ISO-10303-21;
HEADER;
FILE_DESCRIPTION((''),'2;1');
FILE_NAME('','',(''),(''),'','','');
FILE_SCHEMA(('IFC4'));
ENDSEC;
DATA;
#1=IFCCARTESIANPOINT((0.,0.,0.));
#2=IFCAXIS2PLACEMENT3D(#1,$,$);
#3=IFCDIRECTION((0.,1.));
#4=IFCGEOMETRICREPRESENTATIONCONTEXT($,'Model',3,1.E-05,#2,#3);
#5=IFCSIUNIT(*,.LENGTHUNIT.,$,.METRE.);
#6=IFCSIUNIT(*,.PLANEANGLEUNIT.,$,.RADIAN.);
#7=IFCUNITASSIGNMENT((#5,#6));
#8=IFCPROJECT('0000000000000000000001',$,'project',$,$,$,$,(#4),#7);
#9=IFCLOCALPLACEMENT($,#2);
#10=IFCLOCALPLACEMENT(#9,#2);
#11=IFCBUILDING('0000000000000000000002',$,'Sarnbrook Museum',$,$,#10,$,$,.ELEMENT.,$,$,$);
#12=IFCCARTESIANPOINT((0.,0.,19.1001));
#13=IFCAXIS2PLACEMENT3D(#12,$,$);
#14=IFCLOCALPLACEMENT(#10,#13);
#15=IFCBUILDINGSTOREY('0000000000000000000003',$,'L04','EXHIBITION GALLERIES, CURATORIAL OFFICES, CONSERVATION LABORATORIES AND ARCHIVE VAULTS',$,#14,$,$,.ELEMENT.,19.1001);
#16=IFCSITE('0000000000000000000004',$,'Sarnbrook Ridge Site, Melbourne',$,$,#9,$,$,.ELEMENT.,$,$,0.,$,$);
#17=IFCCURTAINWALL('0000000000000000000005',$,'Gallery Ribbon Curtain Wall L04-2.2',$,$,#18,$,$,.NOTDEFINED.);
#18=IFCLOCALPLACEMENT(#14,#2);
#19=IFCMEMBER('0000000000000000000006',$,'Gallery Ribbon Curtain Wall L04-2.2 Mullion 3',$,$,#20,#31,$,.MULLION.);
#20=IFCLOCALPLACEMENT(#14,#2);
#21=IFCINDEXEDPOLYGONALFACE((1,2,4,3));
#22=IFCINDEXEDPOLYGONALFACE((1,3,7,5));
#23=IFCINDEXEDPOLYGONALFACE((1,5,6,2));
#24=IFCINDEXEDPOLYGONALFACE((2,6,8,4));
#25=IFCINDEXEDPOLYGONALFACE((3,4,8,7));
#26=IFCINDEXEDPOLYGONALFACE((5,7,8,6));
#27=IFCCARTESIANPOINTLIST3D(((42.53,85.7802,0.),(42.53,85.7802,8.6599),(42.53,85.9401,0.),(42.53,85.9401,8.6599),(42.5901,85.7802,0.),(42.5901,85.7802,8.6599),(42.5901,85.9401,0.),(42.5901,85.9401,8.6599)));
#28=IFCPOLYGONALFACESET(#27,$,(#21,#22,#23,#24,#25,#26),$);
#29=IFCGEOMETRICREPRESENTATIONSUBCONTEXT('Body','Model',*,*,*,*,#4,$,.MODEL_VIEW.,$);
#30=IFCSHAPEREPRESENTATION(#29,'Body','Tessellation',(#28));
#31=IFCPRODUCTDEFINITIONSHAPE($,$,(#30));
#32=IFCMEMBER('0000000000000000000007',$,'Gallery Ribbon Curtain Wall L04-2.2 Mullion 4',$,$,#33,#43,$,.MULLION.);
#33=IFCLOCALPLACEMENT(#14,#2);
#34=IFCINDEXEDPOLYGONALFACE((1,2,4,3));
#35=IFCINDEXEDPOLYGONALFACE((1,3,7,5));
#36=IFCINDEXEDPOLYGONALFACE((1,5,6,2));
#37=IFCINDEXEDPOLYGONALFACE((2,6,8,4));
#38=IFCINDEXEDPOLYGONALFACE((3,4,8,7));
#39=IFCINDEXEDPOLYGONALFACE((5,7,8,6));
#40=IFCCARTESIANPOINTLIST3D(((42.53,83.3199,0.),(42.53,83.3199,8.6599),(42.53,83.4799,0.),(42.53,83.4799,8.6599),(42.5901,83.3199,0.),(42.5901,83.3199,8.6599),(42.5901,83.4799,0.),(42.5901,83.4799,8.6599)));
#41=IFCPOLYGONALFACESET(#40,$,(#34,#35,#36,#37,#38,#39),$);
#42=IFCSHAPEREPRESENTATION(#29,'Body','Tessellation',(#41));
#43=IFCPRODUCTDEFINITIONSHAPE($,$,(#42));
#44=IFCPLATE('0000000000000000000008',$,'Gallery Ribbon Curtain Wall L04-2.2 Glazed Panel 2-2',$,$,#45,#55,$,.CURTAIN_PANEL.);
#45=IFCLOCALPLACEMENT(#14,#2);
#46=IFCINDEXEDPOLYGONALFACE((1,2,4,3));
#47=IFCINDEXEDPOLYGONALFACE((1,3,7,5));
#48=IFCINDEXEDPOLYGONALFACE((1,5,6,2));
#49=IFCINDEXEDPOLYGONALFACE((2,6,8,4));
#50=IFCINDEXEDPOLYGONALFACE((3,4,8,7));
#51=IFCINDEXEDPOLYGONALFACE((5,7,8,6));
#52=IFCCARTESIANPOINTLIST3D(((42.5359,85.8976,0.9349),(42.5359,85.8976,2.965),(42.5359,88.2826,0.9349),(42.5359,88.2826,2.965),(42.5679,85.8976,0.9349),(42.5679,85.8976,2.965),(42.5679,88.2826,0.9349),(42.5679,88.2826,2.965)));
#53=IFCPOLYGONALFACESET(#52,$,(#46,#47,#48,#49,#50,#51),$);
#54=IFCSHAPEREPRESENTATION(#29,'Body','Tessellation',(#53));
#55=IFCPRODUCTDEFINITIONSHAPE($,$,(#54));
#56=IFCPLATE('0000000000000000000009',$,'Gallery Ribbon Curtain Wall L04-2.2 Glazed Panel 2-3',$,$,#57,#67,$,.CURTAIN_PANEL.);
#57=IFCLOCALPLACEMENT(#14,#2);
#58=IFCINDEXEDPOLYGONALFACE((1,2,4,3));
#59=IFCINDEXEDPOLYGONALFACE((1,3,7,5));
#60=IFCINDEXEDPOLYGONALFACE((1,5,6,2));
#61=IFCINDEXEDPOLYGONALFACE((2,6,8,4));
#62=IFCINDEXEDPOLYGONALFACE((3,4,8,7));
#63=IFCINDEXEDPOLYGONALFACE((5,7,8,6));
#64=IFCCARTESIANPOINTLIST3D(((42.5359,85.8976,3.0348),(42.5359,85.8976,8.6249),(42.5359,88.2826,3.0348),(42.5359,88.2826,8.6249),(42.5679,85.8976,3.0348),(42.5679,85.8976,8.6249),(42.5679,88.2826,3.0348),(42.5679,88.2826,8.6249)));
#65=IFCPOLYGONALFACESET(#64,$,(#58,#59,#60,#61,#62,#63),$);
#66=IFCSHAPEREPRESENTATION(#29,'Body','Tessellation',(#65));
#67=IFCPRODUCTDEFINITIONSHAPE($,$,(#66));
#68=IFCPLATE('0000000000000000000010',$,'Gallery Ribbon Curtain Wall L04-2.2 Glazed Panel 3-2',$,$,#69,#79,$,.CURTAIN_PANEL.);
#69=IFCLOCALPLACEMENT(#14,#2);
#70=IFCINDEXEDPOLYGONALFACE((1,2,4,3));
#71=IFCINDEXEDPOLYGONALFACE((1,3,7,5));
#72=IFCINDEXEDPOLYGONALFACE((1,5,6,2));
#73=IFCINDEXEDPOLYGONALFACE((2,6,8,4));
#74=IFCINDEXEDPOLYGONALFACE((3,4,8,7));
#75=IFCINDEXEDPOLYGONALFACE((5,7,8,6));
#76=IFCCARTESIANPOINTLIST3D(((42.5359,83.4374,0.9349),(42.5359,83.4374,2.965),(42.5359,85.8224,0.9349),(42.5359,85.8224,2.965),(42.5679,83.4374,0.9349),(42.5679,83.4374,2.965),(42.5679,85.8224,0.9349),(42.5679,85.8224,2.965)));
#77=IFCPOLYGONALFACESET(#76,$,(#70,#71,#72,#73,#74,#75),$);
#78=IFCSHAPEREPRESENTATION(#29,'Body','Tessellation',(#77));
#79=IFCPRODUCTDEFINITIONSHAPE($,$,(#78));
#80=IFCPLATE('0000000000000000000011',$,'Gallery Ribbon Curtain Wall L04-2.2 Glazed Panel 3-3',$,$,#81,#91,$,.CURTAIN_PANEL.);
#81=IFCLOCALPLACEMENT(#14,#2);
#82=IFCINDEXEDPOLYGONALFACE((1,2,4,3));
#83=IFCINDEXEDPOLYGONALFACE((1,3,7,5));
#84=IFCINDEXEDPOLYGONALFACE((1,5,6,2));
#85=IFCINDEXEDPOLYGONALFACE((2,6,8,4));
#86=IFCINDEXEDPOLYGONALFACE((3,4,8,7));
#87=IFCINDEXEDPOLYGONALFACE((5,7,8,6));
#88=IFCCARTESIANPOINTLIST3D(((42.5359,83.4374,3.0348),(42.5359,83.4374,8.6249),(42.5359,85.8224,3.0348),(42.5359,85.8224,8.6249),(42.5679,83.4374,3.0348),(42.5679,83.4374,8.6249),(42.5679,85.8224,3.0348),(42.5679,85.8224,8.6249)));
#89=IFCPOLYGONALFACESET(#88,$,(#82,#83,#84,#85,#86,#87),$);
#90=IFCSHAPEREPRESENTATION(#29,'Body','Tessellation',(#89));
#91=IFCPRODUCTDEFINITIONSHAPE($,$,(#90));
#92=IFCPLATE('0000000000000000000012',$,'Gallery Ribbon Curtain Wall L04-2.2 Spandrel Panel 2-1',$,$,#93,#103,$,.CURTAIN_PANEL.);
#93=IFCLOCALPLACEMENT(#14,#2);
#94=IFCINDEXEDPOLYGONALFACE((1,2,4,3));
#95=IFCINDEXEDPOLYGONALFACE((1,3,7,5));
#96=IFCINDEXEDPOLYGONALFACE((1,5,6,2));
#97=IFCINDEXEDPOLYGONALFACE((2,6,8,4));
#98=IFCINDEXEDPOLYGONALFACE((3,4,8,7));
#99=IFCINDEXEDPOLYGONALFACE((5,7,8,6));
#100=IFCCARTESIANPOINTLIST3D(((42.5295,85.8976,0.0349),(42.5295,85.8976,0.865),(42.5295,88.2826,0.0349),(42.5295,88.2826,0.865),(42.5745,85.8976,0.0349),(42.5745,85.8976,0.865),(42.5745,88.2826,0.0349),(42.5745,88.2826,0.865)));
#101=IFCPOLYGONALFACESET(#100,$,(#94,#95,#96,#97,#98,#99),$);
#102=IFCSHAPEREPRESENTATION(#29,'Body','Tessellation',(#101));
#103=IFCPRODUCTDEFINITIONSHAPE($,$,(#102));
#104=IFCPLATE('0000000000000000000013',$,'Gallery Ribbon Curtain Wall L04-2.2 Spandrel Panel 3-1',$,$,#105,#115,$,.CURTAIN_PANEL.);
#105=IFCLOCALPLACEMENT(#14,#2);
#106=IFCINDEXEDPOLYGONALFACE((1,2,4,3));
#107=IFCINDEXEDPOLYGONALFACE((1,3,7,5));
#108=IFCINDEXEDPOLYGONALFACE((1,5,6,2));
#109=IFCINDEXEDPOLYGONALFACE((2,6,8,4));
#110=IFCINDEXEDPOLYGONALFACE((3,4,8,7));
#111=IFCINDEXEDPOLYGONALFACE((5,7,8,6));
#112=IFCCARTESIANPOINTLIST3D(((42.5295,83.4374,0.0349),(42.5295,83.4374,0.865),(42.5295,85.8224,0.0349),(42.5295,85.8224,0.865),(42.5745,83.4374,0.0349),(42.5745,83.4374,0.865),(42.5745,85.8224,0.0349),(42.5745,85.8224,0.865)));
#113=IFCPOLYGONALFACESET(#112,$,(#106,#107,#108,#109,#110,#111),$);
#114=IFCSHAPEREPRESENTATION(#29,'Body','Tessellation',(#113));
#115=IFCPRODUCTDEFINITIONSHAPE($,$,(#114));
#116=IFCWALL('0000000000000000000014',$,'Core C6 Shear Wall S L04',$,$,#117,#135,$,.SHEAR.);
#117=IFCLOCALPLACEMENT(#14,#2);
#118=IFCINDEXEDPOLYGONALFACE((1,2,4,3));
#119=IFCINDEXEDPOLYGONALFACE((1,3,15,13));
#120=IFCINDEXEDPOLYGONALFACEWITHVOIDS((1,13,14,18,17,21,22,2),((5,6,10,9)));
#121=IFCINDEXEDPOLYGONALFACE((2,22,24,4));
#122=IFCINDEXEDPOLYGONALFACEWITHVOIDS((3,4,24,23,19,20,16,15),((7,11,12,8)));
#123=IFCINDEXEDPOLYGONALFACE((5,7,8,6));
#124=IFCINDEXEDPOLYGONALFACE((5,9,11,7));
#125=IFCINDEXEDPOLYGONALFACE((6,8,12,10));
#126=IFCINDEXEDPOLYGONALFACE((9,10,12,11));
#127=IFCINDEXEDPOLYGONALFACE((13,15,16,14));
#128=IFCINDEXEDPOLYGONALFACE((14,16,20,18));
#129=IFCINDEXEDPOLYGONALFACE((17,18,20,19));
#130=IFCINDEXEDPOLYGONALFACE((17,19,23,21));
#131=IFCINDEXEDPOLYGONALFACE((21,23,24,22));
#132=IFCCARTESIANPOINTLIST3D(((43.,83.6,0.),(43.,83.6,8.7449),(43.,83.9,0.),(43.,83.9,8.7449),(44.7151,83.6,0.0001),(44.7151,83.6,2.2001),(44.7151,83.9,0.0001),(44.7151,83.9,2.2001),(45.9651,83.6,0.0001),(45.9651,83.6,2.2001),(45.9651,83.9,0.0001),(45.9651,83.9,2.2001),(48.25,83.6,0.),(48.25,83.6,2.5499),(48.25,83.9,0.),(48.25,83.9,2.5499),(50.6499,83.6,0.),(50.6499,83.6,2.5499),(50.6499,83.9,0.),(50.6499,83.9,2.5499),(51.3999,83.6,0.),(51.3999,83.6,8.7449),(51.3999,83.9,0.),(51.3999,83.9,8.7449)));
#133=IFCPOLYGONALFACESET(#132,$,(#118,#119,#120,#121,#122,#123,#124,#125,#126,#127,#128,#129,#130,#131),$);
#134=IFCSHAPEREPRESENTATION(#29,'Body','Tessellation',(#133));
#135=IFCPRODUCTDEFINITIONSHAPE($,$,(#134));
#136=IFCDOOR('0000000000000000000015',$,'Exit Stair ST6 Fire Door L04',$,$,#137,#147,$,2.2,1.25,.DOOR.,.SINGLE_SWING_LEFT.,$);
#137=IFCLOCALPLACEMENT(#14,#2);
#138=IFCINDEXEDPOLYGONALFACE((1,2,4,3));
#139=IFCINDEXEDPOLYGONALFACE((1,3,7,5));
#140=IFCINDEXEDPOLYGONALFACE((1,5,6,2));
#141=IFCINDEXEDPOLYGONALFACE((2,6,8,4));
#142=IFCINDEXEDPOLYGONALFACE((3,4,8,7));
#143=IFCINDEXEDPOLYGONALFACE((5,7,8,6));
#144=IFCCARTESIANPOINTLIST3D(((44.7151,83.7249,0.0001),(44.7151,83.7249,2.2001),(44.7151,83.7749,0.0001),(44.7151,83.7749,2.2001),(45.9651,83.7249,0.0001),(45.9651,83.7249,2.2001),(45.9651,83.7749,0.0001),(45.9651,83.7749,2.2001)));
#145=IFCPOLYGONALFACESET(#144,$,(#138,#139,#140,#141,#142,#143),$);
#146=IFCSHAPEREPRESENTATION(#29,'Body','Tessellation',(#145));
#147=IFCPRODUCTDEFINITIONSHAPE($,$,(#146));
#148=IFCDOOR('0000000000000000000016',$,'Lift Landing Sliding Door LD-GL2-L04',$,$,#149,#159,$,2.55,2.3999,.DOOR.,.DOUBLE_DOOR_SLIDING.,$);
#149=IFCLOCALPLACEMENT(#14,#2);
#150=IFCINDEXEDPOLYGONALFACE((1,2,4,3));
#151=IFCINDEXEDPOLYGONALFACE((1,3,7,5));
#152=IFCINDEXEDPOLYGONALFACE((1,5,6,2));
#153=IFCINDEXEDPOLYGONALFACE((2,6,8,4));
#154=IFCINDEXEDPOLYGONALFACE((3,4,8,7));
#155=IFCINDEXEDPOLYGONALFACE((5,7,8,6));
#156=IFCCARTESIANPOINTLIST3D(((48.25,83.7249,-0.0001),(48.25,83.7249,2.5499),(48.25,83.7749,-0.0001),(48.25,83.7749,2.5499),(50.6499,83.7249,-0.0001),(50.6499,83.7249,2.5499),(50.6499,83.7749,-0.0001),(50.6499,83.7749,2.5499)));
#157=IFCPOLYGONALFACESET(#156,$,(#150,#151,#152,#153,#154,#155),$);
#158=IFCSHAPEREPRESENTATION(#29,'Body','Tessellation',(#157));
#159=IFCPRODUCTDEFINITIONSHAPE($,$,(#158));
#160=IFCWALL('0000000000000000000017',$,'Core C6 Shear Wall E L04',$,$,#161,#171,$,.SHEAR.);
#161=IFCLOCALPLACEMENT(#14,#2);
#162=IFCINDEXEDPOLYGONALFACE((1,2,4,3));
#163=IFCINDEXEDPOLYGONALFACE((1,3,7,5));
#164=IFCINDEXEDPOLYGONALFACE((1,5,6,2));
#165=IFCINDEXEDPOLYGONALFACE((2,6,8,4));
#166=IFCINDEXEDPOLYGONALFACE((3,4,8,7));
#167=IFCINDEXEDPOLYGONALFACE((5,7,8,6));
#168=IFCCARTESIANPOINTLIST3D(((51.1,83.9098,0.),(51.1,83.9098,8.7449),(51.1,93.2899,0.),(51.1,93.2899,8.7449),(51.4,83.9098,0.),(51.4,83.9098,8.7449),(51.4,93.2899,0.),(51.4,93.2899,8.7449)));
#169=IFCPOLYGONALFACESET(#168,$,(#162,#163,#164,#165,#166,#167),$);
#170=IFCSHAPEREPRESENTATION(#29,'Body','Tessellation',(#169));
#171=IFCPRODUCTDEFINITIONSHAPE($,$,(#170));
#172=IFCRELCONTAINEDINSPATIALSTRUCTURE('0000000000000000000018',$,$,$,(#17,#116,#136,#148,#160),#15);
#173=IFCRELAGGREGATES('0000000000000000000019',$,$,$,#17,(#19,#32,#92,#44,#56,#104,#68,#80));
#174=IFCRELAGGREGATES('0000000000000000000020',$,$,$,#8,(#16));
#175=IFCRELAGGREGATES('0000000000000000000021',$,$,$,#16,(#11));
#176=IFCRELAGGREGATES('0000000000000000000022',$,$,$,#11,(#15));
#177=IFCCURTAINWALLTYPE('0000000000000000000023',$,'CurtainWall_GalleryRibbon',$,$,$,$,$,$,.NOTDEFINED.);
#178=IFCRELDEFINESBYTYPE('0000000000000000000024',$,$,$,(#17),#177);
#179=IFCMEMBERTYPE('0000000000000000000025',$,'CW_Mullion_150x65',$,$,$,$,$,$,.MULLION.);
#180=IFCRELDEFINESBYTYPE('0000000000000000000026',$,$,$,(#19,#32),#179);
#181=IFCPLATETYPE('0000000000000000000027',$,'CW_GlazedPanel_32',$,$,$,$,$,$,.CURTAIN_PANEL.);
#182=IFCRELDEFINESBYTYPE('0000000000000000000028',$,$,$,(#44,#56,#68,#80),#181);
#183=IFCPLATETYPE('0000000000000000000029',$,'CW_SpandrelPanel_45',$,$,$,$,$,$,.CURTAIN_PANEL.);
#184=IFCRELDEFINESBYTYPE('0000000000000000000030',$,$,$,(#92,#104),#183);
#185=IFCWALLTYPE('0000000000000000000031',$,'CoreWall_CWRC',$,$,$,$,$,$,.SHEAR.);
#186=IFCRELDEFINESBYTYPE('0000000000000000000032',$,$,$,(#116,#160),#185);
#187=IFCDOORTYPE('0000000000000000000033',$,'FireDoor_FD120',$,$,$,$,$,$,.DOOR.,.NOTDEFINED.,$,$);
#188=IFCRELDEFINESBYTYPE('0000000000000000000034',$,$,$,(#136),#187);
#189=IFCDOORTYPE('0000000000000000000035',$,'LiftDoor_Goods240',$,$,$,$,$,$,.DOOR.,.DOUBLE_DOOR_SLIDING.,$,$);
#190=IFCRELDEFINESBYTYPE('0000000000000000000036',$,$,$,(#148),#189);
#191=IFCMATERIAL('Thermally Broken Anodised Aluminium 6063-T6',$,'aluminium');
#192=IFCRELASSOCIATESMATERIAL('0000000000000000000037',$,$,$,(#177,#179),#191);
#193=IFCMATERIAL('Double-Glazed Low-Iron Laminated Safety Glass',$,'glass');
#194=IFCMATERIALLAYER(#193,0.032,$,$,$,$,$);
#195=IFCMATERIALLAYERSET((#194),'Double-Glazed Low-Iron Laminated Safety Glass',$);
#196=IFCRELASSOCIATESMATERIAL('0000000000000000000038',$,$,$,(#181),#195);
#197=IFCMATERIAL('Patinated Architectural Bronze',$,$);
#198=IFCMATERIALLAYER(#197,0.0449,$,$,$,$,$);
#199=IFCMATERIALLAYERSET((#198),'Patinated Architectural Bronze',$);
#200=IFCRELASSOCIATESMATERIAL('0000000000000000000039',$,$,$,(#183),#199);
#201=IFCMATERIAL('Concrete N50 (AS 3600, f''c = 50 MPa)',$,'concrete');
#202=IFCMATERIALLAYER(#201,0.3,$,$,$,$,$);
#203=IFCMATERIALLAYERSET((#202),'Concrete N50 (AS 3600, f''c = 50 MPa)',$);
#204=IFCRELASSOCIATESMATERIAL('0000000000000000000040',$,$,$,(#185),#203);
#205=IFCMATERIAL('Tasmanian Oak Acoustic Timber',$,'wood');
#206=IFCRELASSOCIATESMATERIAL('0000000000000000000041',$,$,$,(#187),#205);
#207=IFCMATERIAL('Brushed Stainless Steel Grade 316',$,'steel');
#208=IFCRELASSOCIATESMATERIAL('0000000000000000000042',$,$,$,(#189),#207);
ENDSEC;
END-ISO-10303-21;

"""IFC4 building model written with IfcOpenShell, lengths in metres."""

from ifc_helpers import new_model, si_unit, direction, frame, frame_2d, origin, origin_2d, place, context, subcontext, project, spatial, rectangle, extrude, material, layer, layer_set, material_profile, profile_set, type_object, element, fill, aggregate, save


model = new_model("IFC4")

# Units and contexts
model_context = context("Model", 3, precision=1e-05, world=origin(), true_north=direction((0.0, 1.0)))
body_context = subcontext(model_context, "Body", "Model", "MODEL_VIEW")
ifc_project = project(units=[si_unit("LENGTHUNIT", "METRE"), si_unit("PLANEANGLEUNIT", "RADIAN")], contexts=[model_context])

# Site, building, storey
site_placement = place(None, origin())
site = spatial("IfcSite", under=ifc_project, at=site_placement, Name="Sarnbrook Ridge Site, Melbourne", CompositionType="ELEMENT", RefElevation=0.0)
building_placement = place(site_placement, origin())
building = spatial("IfcBuilding", under=site, at=building_placement, Name="Sarnbrook Museum", CompositionType="ELEMENT")
storey_placement = place(building_placement, frame((0.0, 0.0, 19.1001)))
storey = spatial("IfcBuildingStorey", under=building, at=storey_placement, Name="L04", Description="EXHIBITION GALLERIES, CURATORIAL OFFICES, CONSERVATION LABORATORIES AND ARCHIVE VAULTS", CompositionType="ELEMENT", Elevation=19.1001)

# Curtain wall, members, plates
ifc_material_1 = material(Name="Thermally Broken Anodised Aluminium 6063-T6", Category="aluminium")
curtain_wall_type = type_object("IfcCurtainWallType", Name="CurtainWall_GalleryRibbon", PredefinedType="NOTDEFINED", material=ifc_material_1)
curtain_wall_placement = place(storey_placement, origin())
curtain_wall = element("IfcCurtainWall", 1, at=curtain_wall_placement, inside=storey, type_object=curtain_wall_type, Name="Gallery Ribbon Curtain Wall L04-2.2", PredefinedType="NOTDEFINED")
ifc_material_profile = material_profile(ifc_material_1, rectangle(XDim=0.0601, YDim=0.1599, at=origin_2d()), Name="ALU MULLION 60x160")
ifc_profile_set = profile_set([ifc_material_profile], Name="Thermally Broken Anodised Aluminium 6063-T6")
member_type = type_object("IfcMemberType", Name="CW_Mullion_150x65", PredefinedType="MULLION", material=ifc_profile_set)
member_1_placement = place(storey_placement, frame((42.5601, 85.8601, 0.0), z_axis=(0.0, 0.0, 1.0), x_axis=(1.0, 0.0, 0.0)))
member_1 = element("IfcMember", 2, at=member_1_placement, type_object=member_type, Name="Gallery Ribbon Curtain Wall L04-2.2 Mullion 3", PredefinedType="MULLION", context=body_context, shape_type="SweptSolid", body=[
    extrude(rectangle(XDim=0.0601, YDim=0.1599, at=origin_2d()), origin(), (0.0, 0.0, 1.0), 8.6599),
])
member_2_placement = place(storey_placement, frame((42.5601, 83.3999, 0.0), z_axis=(0.0, 0.0, 1.0), x_axis=(1.0, 0.0, 0.0)))
member_2 = element("IfcMember", 3, at=member_2_placement, type_object=member_type, Name="Gallery Ribbon Curtain Wall L04-2.2 Mullion 4", PredefinedType="MULLION", context=body_context, shape_type="SweptSolid", body=[
    extrude(rectangle(XDim=0.0601, YDim=0.1599, at=origin_2d()), origin(), (0.0, 0.0, 1.0), 8.6599),
])
ifc_material_2 = material(Name="Double-Glazed Low-Iron Laminated Safety Glass", Category="glass")
ifc_layer_1 = layer(ifc_material_2, 0.032)
ifc_layer_set_1 = layer_set([ifc_layer_1], Name="Double-Glazed Low-Iron Laminated Safety Glass")
plate_type_1 = type_object("IfcPlateType", Name="CW_GlazedPanel_32", PredefinedType="CURTAIN_PANEL", material=ifc_layer_set_1)
plate_1_placement = place(storey_placement, frame((42.5679, 87.0901, 1.95), z_axis=(-1.0, 0.0, 0.0), x_axis=(0.0, -1.0, 0.0)))
plate_1 = element("IfcPlate", 4, at=plate_1_placement, type_object=plate_type_1, Name="Gallery Ribbon Curtain Wall L04-2.2 Glazed Panel 2-2", PredefinedType="CURTAIN_PANEL", context=body_context, shape_type="SweptSolid", body=[
    extrude(rectangle(XDim=2.385, YDim=2.03, at=origin_2d()), origin(), (0.0, 0.0, 1.0), 0.032),
])
plate_2_placement = place(storey_placement, frame((42.5679, 87.0901, 5.8298), z_axis=(-1.0, 0.0, 0.0), x_axis=(0.0, -1.0, 0.0)))
plate_2 = element("IfcPlate", 5, at=plate_2_placement, type_object=plate_type_1, Name="Gallery Ribbon Curtain Wall L04-2.2 Glazed Panel 2-3", PredefinedType="CURTAIN_PANEL", context=body_context, shape_type="SweptSolid", body=[
    extrude(rectangle(XDim=2.385, YDim=5.5901, at=origin_2d()), origin(), (0.0, 0.0, 1.0), 0.032),
])
plate_3_placement = place(storey_placement, frame((42.5679, 84.6299, 1.95), z_axis=(-1.0, 0.0, 0.0), x_axis=(0.0, -1.0, 0.0)))
plate_3 = element("IfcPlate", 6, at=plate_3_placement, type_object=plate_type_1, Name="Gallery Ribbon Curtain Wall L04-2.2 Glazed Panel 3-2", PredefinedType="CURTAIN_PANEL", context=body_context, shape_type="SweptSolid", body=[
    extrude(rectangle(XDim=2.385, YDim=2.03, at=origin_2d()), origin(), (0.0, 0.0, 1.0), 0.032),
])
plate_4_placement = place(storey_placement, frame((42.5679, 84.6299, 5.8298), z_axis=(-1.0, 0.0, 0.0), x_axis=(0.0, -1.0, 0.0)))
plate_4 = element("IfcPlate", 7, at=plate_4_placement, type_object=plate_type_1, Name="Gallery Ribbon Curtain Wall L04-2.2 Glazed Panel 3-3", PredefinedType="CURTAIN_PANEL", context=body_context, shape_type="SweptSolid", body=[
    extrude(rectangle(XDim=2.385, YDim=5.5901, at=origin_2d()), origin(), (0.0, 0.0, 1.0), 0.032),
])
ifc_material_3 = material(Name="Patinated Architectural Bronze")
ifc_layer_2 = layer(ifc_material_3, 0.0449)
ifc_layer_set_2 = layer_set([ifc_layer_2], Name="Patinated Architectural Bronze")
plate_type_2 = type_object("IfcPlateType", Name="CW_SpandrelPanel_45", PredefinedType="CURTAIN_PANEL", material=ifc_layer_set_2)
plate_5_placement = place(storey_placement, frame((42.5745, 87.0901, 0.45), z_axis=(-1.0, 0.0, 0.0), x_axis=(0.0, -1.0, 0.0)))
plate_5 = element("IfcPlate", 8, at=plate_5_placement, type_object=plate_type_2, Name="Gallery Ribbon Curtain Wall L04-2.2 Spandrel Panel 2-1", PredefinedType="CURTAIN_PANEL", context=body_context, shape_type="SweptSolid", body=[
    extrude(rectangle(XDim=2.385, YDim=0.8301, at=origin_2d()), origin(), (0.0, 0.0, 1.0), 0.0449),
])
plate_6_placement = place(storey_placement, frame((42.5745, 84.6299, 0.45), z_axis=(-1.0, 0.0, 0.0), x_axis=(0.0, -1.0, 0.0)))
plate_6 = element("IfcPlate", 9, at=plate_6_placement, type_object=plate_type_2, Name="Gallery Ribbon Curtain Wall L04-2.2 Spandrel Panel 3-1", PredefinedType="CURTAIN_PANEL", context=body_context, shape_type="SweptSolid", body=[
    extrude(rectangle(XDim=2.385, YDim=0.8301, at=origin_2d()), origin(), (0.0, 0.0, 1.0), 0.0449),
])
aggregate(curtain_wall, [member_1, member_2, plate_5, plate_1, plate_2, plate_6, plate_3, plate_4])

# Wall, openings, doors
ifc_material_4 = material(Name="Concrete N50 (AS 3600, f'c = 50 MPa)", Category="concrete")
ifc_layer_3 = layer(ifc_material_4, 0.3)
ifc_layer_set_3 = layer_set([ifc_layer_3], Name="Concrete N50 (AS 3600, f'c = 50 MPa)")
wall_type_1 = type_object("IfcWallType", Name="CoreWall_CWRC", PredefinedType="SHEAR", material=ifc_layer_set_3)
wall_1_placement = place(storey_placement, frame((43.0, 83.75, 0.0), z_axis=(0.0, 0.0, 1.0), x_axis=(1.0, 0.0, 0.0)))
wall_1 = element("IfcWall", 10, at=wall_1_placement, inside=storey, type_object=wall_type_1, Name="Core C6 Shear Wall S L04", PredefinedType="SHEAR", context=body_context, shape_type="SweptSolid", body=[
    extrude(rectangle(XDim=8.3999, YDim=0.3, at=frame_2d((4.2, 0.0))), origin(), (0.0, 0.0, 1.0), 8.7449),
])
opening_1_placement = place(wall_1_placement, frame((1.7151, 0.0, 0.0)))
opening_1 = element("IfcOpeningElement", 11, at=opening_1_placement, cuts=wall_1, PredefinedType="OPENING", context=body_context, shape_type="SweptSolid", body=[
    extrude(rectangle(XDim=1.25, YDim=2.2, at=frame_2d((0.625, 1.1001))), frame((0.0, 0.1602, 0.0), z_axis=(0.0, -1.0, 0.0), x_axis=(1.0, 0.0, 0.0)), (0.0, 0.0, 1.0), 0.3201),
])
opening_2_placement = place(wall_1_placement, frame((5.25, 0.0, 0.0)))
opening_2 = element("IfcOpeningElement", 12, at=opening_2_placement, cuts=wall_1, PredefinedType="OPENING", context=body_context, shape_type="SweptSolid", body=[
    extrude(rectangle(XDim=2.3999, YDim=2.55, at=frame_2d((1.2, 1.2749))), frame((0.0, 0.1602, 0.0), z_axis=(0.0, -1.0, 0.0), x_axis=(1.0, 0.0, 0.0)), (0.0, 0.0, 1.0), 0.3201),
])
ifc_material_5 = material(Name="Tasmanian Oak Acoustic Timber", Category="wood")
door_type_1 = type_object("IfcDoorType", Name="FireDoor_FD120", OperationType="NOTDEFINED", PredefinedType="DOOR", material=ifc_material_5)
door_1_placement = place(opening_1_placement, origin())
door_1 = element("IfcDoor", 13, at=door_1_placement, inside=storey, type_object=door_type_1, Name="Exit Stair ST6 Fire Door L04", OperationType="SINGLE_SWING_LEFT", OverallHeight=2.2, OverallWidth=1.25, PredefinedType="DOOR", context=body_context, shape_type="SweptSolid", body=[
    extrude(rectangle(XDim=1.25, YDim=2.2, at=frame_2d((0.625, 1.1001))), frame((0.0, 0.0249, 0.0), z_axis=(0.0, -1.0, 0.0), x_axis=(1.0, 0.0, 0.0)), (0.0, 0.0, 1.0), 0.05),
])
fill(opening_1, door_1)
ifc_material_6 = material(Name="Brushed Stainless Steel Grade 316", Category="steel")
door_type_2 = type_object("IfcDoorType", Name="LiftDoor_Goods240", OperationType="DOUBLE_DOOR_SLIDING", PredefinedType="DOOR", material=ifc_material_6)
door_2_placement = place(opening_2_placement, origin())
door_2 = element("IfcDoor", 14, at=door_2_placement, inside=storey, type_object=door_type_2, Name="Lift Landing Sliding Door LD-GL2-L04", OperationType="DOUBLE_DOOR_SLIDING", OverallHeight=2.55, OverallWidth=2.3999, PredefinedType="DOOR", context=body_context, shape_type="SweptSolid", body=[
    extrude(rectangle(XDim=2.3999, YDim=2.55, at=frame_2d((1.2, 1.2749))), frame((0.0, 0.0249, 0.0), z_axis=(0.0, -1.0, 0.0), x_axis=(1.0, 0.0, 0.0)), (0.0, 0.0, 1.0), 0.05),
])
fill(opening_2, door_2)

# Wall
wall_2_placement = place(storey_placement, frame((51.25, 83.9099, 0.0), z_axis=(0.0, 0.0, 1.0), x_axis=(0.0, 1.0, 0.0)))
element("IfcWall", 15, at=wall_2_placement, inside=storey, type_object=wall_type_1, Name="Core C6 Shear Wall E L04", PredefinedType="SHEAR", context=body_context, shape_type="SweptSolid", body=[
    extrude(rectangle(XDim=9.3801, YDim=0.3, at=frame_2d((4.6899, 0.0))), origin(), (0.0, 0.0, 1.0), 8.7449),
])

save(model, "model.ifc")
